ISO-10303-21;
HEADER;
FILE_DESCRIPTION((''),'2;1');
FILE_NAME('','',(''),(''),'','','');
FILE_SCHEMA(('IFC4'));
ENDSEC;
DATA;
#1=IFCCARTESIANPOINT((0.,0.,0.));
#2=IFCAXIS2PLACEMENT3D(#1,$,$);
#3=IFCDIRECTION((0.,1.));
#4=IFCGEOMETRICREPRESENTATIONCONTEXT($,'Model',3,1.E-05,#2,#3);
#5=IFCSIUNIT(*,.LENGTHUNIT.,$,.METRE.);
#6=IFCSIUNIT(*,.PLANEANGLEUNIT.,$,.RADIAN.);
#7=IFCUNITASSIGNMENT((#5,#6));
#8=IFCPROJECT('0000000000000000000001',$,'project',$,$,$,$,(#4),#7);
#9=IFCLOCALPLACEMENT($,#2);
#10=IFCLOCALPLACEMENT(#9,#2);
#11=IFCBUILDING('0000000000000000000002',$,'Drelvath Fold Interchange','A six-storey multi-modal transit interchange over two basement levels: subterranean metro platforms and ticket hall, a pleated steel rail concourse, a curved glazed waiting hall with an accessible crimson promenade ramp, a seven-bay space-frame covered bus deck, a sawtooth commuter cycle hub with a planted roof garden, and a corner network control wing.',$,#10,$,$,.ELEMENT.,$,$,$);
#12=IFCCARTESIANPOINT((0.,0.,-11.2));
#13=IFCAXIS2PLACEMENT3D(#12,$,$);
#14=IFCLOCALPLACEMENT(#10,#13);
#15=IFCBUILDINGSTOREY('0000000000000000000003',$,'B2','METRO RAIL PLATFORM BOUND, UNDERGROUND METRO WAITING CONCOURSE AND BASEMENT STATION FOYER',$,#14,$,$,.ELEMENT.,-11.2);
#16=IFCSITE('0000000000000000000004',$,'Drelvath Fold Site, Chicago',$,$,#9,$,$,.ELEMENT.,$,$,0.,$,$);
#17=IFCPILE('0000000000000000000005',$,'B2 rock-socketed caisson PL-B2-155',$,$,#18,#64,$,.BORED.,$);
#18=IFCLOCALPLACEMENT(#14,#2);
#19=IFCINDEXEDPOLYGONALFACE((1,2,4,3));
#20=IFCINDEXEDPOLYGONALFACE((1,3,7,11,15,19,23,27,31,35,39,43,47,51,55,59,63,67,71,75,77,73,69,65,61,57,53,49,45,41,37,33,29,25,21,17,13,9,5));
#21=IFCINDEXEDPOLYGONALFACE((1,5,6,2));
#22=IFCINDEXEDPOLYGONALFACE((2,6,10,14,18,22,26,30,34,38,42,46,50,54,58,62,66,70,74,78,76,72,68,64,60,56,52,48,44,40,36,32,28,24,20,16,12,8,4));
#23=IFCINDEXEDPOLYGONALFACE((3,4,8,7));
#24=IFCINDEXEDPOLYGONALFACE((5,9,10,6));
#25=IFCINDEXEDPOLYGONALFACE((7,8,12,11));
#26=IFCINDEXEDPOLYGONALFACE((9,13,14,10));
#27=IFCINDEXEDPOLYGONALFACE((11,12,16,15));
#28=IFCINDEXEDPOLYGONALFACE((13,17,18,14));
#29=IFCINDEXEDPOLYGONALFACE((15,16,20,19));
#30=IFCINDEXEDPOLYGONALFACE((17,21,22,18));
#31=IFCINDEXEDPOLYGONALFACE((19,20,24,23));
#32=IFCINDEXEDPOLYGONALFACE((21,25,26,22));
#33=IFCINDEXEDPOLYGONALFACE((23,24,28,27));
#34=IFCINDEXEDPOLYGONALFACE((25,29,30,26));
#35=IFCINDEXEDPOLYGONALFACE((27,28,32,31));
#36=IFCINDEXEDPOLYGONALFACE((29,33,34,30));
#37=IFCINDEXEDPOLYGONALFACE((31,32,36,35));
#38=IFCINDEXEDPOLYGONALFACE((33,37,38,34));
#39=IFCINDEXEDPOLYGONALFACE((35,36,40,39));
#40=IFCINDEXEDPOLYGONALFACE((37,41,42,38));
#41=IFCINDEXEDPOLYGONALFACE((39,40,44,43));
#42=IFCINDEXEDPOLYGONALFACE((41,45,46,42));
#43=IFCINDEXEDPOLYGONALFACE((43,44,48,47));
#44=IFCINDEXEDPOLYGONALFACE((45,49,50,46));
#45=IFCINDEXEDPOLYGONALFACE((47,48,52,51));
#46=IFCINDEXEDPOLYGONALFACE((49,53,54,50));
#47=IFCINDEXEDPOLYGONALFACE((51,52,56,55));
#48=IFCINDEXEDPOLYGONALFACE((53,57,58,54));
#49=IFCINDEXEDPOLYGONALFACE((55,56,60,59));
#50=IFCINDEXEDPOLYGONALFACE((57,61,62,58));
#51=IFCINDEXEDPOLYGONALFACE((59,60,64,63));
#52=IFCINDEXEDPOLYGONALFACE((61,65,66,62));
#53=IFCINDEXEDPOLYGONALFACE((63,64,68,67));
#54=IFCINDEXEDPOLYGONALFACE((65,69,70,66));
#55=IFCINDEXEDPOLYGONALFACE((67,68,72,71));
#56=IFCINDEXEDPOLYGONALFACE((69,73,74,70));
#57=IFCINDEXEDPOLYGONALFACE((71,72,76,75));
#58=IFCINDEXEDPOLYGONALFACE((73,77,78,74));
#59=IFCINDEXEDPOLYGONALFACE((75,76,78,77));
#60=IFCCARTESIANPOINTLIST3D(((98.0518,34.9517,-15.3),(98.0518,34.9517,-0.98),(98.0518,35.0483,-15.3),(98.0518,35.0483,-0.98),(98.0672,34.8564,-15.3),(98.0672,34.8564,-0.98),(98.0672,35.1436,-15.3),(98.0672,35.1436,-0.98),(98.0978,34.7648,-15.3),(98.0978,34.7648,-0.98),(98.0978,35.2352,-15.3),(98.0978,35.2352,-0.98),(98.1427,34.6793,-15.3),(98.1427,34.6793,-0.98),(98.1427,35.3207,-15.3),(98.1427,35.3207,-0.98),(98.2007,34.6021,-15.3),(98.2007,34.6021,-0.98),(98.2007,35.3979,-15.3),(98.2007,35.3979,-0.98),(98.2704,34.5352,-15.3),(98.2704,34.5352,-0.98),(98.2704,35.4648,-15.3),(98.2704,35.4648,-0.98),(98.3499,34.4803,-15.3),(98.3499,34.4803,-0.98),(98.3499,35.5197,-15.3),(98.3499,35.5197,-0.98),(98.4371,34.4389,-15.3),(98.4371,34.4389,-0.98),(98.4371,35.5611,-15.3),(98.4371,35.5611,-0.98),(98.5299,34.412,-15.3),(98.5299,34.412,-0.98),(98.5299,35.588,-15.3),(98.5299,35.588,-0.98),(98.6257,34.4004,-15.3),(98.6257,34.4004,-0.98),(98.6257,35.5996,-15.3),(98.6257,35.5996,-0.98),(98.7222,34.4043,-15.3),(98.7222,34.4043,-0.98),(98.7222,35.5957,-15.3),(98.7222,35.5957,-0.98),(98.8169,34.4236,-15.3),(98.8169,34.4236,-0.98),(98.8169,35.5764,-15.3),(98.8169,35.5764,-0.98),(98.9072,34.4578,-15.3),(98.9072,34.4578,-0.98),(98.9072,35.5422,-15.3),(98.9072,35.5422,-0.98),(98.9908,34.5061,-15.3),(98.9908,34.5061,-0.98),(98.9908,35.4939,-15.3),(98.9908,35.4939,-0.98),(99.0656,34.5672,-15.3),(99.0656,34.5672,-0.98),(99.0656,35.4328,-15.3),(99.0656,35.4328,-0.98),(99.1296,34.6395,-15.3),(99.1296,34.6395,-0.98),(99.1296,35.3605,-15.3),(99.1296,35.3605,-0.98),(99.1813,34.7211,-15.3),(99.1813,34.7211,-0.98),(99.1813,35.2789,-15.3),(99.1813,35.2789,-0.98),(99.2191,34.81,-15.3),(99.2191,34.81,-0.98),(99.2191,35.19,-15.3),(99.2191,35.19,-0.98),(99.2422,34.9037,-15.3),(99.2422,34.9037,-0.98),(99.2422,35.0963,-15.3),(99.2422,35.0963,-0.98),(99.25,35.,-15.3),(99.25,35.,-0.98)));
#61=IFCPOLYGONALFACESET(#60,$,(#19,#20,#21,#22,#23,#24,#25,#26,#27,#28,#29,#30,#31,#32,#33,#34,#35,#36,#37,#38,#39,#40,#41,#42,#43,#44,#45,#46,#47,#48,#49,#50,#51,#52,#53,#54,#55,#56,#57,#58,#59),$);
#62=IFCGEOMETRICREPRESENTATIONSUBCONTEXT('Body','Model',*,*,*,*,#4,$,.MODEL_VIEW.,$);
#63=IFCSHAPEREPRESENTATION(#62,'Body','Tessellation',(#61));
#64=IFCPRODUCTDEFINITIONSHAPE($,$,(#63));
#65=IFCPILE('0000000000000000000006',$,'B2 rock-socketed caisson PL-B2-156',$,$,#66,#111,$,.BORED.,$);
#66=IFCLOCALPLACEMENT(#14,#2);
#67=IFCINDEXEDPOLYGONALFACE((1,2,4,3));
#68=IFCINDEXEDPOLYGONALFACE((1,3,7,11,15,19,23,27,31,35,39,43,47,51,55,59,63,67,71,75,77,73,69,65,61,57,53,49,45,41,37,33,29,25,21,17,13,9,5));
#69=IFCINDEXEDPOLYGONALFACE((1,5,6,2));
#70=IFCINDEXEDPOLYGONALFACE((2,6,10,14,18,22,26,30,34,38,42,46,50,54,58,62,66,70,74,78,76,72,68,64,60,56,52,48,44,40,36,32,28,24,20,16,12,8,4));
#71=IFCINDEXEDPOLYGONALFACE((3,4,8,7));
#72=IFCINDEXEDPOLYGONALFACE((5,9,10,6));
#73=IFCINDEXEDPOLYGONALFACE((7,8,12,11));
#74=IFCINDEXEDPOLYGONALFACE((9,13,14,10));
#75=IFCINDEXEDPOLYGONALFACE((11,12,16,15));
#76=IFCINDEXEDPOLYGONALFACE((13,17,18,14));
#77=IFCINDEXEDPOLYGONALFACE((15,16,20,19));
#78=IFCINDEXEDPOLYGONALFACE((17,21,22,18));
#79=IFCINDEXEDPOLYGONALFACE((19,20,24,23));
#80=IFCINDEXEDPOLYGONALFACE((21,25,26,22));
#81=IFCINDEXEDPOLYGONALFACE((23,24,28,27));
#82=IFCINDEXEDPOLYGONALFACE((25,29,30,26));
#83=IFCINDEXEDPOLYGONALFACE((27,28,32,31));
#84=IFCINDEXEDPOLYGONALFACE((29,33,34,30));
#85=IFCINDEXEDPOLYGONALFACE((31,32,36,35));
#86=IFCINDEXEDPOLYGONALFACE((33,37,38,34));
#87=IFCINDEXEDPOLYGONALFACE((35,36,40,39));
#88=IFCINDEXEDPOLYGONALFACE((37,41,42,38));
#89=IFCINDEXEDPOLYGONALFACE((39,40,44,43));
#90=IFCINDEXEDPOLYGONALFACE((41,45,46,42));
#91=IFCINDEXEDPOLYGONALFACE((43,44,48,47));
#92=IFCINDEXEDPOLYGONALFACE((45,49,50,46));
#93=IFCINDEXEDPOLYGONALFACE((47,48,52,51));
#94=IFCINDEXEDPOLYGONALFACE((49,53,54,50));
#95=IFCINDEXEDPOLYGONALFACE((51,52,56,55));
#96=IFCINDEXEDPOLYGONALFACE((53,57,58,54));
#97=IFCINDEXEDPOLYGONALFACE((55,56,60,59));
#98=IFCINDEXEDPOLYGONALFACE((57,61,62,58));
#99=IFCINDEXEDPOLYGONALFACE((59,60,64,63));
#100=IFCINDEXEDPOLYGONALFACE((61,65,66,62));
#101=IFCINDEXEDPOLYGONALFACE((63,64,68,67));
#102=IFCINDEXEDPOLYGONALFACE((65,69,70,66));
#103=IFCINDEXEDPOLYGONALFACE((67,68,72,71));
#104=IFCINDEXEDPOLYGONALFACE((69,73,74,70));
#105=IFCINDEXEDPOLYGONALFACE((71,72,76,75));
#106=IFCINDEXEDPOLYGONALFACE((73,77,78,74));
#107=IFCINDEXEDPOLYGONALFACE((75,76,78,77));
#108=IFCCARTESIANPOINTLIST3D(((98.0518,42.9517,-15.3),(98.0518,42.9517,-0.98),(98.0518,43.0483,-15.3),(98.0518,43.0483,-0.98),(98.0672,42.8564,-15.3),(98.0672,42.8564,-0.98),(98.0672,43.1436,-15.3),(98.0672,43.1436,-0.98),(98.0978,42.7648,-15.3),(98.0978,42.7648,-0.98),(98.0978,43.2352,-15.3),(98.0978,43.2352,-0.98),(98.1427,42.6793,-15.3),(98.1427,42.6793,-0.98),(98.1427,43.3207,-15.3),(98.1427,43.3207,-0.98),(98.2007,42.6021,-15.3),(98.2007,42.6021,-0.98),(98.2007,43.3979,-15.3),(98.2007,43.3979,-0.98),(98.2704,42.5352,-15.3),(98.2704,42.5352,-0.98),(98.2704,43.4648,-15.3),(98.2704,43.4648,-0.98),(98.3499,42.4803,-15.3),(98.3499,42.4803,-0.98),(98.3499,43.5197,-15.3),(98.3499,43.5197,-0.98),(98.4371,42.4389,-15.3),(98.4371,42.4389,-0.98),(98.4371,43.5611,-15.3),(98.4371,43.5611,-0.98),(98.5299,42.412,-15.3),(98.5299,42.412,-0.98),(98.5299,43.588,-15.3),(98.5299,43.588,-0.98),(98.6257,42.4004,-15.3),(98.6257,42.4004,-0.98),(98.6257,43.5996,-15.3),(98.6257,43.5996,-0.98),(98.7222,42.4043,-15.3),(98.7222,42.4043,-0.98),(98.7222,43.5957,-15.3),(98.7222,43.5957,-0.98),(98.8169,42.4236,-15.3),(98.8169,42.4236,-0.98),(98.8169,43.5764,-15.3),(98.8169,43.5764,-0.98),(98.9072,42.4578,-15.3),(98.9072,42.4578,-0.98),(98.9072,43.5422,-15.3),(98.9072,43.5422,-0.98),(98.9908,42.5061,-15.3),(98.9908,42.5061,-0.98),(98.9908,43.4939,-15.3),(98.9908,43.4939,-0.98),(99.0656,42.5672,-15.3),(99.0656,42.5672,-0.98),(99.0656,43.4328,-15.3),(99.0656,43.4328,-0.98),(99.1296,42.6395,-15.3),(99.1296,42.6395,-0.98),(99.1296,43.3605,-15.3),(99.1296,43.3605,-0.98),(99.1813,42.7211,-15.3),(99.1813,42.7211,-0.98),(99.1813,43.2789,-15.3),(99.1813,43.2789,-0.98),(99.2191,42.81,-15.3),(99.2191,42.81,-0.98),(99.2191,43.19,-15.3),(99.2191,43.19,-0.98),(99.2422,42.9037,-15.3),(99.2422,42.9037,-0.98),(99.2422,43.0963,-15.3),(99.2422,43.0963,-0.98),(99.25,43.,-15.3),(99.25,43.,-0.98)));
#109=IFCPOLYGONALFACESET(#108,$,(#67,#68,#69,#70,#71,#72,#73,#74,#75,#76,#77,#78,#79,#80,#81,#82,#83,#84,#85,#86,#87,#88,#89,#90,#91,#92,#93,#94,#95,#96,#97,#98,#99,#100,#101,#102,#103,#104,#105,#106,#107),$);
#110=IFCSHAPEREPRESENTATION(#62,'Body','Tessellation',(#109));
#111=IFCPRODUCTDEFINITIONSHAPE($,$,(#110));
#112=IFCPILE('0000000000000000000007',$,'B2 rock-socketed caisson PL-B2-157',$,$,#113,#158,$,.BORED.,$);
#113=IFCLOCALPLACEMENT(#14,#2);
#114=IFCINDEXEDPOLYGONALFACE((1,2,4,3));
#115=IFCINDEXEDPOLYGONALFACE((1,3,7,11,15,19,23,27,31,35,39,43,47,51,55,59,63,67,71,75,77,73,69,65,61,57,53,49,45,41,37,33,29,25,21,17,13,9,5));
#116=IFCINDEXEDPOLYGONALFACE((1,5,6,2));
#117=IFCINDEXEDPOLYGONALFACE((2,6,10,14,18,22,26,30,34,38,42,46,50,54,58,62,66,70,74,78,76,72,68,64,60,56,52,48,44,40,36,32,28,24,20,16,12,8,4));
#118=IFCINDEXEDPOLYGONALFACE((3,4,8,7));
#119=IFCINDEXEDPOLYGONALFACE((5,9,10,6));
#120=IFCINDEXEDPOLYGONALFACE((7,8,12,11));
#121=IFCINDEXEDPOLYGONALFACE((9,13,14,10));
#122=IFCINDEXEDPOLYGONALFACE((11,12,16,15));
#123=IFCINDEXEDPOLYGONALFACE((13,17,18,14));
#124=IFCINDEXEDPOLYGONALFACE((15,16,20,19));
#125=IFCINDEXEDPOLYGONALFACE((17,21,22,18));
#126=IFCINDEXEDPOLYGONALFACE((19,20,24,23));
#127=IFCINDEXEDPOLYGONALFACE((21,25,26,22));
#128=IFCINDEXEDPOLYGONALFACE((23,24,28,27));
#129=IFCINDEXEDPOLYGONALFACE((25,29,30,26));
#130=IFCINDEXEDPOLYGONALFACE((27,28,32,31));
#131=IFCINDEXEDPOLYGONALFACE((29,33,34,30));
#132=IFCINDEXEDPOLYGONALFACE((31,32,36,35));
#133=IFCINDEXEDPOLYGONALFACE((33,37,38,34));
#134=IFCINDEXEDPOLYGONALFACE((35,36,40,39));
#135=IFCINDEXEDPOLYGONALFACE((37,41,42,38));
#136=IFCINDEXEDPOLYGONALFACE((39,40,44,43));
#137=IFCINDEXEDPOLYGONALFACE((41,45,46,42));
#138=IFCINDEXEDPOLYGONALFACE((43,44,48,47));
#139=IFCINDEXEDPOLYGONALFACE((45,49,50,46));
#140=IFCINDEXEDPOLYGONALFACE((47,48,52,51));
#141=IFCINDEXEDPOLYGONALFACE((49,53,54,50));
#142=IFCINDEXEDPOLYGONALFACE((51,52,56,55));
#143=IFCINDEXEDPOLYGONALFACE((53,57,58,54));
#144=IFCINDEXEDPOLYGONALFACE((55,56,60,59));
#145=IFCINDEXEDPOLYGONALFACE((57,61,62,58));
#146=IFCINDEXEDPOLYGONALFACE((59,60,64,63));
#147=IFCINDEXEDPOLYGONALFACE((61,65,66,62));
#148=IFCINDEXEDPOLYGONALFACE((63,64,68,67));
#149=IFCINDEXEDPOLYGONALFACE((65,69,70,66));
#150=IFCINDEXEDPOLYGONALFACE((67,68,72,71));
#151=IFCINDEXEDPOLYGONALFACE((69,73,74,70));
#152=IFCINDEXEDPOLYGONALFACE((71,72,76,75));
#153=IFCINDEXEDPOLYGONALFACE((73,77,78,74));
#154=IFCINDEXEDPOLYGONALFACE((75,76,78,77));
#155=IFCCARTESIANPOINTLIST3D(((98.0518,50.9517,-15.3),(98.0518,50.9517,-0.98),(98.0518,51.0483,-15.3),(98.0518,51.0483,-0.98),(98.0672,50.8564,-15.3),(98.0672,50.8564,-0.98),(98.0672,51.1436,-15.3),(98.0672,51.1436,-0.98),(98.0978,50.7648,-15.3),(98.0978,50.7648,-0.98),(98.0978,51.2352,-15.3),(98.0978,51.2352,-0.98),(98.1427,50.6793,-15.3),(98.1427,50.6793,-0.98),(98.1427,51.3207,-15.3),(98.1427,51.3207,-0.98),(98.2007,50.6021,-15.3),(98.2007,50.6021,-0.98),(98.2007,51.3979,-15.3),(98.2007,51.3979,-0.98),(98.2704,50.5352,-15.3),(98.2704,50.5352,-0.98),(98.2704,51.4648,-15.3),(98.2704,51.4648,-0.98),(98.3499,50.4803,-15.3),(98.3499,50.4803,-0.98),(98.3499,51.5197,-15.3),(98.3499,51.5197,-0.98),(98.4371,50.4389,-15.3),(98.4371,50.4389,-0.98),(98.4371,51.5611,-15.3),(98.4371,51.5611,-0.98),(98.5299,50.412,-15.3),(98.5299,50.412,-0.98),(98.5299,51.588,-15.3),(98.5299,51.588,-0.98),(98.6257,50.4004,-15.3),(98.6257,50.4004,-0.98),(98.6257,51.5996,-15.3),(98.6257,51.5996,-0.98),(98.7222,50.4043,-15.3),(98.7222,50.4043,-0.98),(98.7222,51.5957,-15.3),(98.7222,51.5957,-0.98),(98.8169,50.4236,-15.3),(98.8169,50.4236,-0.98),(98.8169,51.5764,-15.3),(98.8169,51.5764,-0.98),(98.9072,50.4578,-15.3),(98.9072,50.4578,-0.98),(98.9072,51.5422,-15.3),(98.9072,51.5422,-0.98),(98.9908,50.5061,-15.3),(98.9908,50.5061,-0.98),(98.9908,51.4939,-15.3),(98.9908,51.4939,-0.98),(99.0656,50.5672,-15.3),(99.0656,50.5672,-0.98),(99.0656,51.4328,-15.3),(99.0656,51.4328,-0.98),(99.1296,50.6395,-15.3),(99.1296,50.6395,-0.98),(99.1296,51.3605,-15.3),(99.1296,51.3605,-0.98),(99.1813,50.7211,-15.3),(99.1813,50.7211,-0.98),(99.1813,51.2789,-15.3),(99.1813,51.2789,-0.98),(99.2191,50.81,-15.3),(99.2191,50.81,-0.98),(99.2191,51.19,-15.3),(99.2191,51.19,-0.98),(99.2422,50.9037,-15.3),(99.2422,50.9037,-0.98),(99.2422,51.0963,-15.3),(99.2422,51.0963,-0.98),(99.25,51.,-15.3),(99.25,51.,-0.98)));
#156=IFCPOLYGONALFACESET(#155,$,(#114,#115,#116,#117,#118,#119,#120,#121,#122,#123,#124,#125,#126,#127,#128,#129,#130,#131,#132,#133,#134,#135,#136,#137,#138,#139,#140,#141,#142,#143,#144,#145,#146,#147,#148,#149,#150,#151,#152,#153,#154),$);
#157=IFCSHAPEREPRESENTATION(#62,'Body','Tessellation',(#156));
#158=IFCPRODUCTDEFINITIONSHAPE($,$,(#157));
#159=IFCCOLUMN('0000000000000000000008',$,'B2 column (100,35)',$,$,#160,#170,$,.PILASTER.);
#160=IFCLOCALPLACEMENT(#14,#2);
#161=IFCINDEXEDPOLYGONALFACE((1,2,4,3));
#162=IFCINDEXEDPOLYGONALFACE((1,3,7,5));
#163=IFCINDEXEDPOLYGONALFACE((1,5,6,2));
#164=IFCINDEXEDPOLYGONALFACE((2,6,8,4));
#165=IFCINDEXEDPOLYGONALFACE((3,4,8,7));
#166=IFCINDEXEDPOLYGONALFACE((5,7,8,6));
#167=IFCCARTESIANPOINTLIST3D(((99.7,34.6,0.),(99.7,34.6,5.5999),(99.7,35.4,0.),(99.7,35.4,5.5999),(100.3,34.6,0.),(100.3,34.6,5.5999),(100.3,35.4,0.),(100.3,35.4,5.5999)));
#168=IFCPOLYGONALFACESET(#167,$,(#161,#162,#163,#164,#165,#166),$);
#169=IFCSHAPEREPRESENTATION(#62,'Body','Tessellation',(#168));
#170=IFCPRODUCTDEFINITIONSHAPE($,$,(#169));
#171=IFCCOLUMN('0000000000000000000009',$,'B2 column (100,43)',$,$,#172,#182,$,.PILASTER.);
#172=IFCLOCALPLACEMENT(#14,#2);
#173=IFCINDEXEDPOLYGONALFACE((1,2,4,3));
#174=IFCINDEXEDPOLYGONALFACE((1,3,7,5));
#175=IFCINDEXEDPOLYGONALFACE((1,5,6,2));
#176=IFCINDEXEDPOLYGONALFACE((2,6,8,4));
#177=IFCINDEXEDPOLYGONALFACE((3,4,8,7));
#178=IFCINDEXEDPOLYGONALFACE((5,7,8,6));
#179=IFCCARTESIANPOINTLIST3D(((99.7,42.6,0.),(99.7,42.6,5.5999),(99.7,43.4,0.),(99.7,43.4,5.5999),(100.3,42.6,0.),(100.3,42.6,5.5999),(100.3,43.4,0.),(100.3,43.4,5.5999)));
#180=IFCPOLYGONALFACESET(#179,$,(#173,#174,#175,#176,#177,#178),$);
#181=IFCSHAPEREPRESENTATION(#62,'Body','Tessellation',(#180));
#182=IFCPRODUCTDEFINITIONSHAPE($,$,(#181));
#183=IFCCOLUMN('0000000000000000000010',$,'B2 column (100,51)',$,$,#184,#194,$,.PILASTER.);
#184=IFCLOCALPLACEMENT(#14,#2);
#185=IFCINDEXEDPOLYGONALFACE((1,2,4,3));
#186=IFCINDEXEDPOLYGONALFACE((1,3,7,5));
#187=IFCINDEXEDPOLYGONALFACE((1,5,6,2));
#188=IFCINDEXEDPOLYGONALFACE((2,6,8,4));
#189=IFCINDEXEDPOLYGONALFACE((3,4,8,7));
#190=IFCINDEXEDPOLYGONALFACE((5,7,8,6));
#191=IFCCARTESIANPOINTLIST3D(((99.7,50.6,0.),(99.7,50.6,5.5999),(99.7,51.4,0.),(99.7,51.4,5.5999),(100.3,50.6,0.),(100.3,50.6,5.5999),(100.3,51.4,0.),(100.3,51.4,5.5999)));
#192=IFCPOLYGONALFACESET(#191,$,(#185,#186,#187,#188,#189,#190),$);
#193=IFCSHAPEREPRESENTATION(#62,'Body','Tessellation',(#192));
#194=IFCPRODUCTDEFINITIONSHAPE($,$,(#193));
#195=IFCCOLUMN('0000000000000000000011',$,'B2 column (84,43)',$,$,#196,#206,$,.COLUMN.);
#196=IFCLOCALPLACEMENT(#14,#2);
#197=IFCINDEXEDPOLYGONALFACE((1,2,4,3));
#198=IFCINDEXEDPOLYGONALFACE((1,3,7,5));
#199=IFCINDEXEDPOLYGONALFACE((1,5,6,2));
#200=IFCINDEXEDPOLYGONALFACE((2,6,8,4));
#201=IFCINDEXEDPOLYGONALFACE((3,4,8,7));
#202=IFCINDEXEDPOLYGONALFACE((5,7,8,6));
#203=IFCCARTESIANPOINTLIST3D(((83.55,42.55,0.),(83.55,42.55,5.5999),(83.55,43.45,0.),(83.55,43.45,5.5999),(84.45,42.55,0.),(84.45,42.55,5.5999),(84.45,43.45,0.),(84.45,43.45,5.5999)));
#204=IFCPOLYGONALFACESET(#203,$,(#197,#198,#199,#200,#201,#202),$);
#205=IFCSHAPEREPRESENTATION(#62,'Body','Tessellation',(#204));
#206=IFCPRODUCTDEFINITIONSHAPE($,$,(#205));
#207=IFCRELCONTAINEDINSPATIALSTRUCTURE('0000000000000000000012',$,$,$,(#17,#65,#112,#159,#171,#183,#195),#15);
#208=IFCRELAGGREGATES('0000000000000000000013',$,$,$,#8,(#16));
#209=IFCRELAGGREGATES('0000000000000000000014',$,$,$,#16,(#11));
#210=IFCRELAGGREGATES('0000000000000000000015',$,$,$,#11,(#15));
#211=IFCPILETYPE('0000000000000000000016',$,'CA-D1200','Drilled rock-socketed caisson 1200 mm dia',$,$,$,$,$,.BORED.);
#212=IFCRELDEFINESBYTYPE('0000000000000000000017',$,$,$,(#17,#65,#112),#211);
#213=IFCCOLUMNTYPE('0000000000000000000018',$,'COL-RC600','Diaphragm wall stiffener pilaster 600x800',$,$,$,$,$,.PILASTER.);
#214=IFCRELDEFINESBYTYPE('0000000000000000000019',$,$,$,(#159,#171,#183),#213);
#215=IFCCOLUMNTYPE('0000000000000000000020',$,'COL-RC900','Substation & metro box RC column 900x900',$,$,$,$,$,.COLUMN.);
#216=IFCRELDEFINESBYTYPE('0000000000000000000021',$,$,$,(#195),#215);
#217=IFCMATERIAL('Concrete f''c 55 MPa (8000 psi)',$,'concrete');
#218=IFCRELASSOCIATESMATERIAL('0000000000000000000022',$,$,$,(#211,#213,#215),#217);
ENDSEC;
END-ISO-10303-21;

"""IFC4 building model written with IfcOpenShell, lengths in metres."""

from ifc_helpers import new_model, si_unit, direction, frame, origin, origin_2d, place, context, subcontext, project, spatial, rectangle, circle, extrude, material, material_profile, profile_set, type_object, element, save


model = new_model("IFC4")

# Units and contexts
model_context = context("Model", 3, precision=1e-05, world=origin(), true_north=direction((0.0, 1.0)))
body_context = subcontext(model_context, "Body", "Model", "MODEL_VIEW")
ifc_project = project(units=[si_unit("LENGTHUNIT", "METRE"), si_unit("PLANEANGLEUNIT", "RADIAN")], contexts=[model_context])

# Site, building, storey
site_placement = place(None, origin())
site = spatial("IfcSite", under=ifc_project, at=site_placement, Name="Drelvath Fold Site, Chicago", CompositionType="ELEMENT", RefElevation=0.0)
building_placement = place(site_placement, origin())
building = spatial("IfcBuilding", under=site, at=building_placement, Name="Drelvath Fold Interchange", Description="A six-storey multi-modal transit interchange over two basement levels: subterranean metro platforms and ticket hall, a pleated steel rail concourse, a curved glazed waiting hall with an accessible crimson promenade ramp, a seven-bay space-frame covered bus deck, a sawtooth commuter cycle hub with a planted roof garden, and a corner network control wing.", CompositionType="ELEMENT")
storey_placement = place(building_placement, frame((0.0, 0.0, -11.2)))
storey = spatial("IfcBuildingStorey", under=building, at=storey_placement, Name="B2", Description="METRO RAIL PLATFORM BOUND, UNDERGROUND METRO WAITING CONCOURSE AND BASEMENT STATION FOYER", CompositionType="ELEMENT", Elevation=-11.2)

# Piles
ifc_material_1 = material(Name="Concrete f'c 55 MPa (8000 psi)", Category="concrete")
ifc_material_profile_1 = material_profile(ifc_material_1, circle(Radius=0.6001, at=origin_2d()), Name="CAISSON D1200")
ifc_profile_set_1 = profile_set([ifc_material_profile_1], Name="Concrete f'c 55 MPa (8000 psi)")
pile_type = type_object("IfcPileType", Name="CA-D1200", Description="Drilled rock-socketed caisson 1200 mm dia", PredefinedType="BORED", material=ifc_profile_set_1)
for number, where, z_axis, x_axis, name in (
    (1, (98.6499, 35.0, -0.98), (0.0, 0.0, -1.0), (1.0, 0.0, 0.0), "B2 rock-socketed caisson PL-B2-155"),
    (2, (98.6499, 43.0, -0.98), (0.0, 0.0, -1.0), (1.0, 0.0, 0.0), "B2 rock-socketed caisson PL-B2-156"),
    (3, (98.6499, 51.0, -0.98), (0.0, 0.0, -1.0), (1.0, 0.0, 0.0), "B2 rock-socketed caisson PL-B2-157"),
):
    element("IfcPile", number, at=place(storey_placement, frame(where, z_axis=z_axis, x_axis=x_axis)), inside=storey, type_object=pile_type, Name=name, PredefinedType="BORED", context=body_context, shape_type="SweptSolid", body=[
        extrude(circle(Radius=0.6001, at=origin_2d()), origin(), (0.0, 0.0, 1.0), 14.3201),
    ])

# Columns
ifc_material_profile_2 = material_profile(ifc_material_1, rectangle(XDim=0.6001, YDim=0.8, at=origin_2d()), Name="RC 600x800")
ifc_profile_set_2 = profile_set([ifc_material_profile_2], Name="Concrete f'c 55 MPa (8000 psi)")
column_type_1 = type_object("IfcColumnType", Name="COL-RC600", Description="Diaphragm wall stiffener pilaster 600x800", PredefinedType="PILASTER", material=ifc_profile_set_2)
for number, where, z_axis, x_axis, name in (
    (4, (100.0, 35.0, 0.0), (0.0, 0.0, 1.0), (1.0, 0.0, 0.0), "B2 column (100,35)"),
    (5, (100.0, 43.0, 0.0), (0.0, 0.0, 1.0), (1.0, 0.0, 0.0), "B2 column (100,43)"),
    (6, (100.0, 51.0, 0.0), (0.0, 0.0, 1.0), (1.0, 0.0, 0.0), "B2 column (100,51)"),
):
    element("IfcColumn", number, at=place(storey_placement, frame(where, z_axis=z_axis, x_axis=x_axis)), inside=storey, type_object=column_type_1, Name=name, PredefinedType="PILASTER", context=body_context, shape_type="SweptSolid", body=[
        extrude(rectangle(XDim=0.6001, YDim=0.8, at=origin_2d()), origin(), (0.0, 0.0, 1.0), 5.5999),
    ])
ifc_material_profile_3 = material_profile(ifc_material_1, rectangle(XDim=0.8999, YDim=0.8999, at=origin_2d()), Name="RC 900x900")
ifc_profile_set_3 = profile_set([ifc_material_profile_3], Name="Concrete f'c 55 MPa (8000 psi)")
column_type_2 = type_object("IfcColumnType", Name="COL-RC900", Description="Substation & metro box RC column 900x900", PredefinedType="COLUMN", material=ifc_profile_set_3)
for number, where, z_axis, x_axis, name in (
    (7, (84.0, 43.0, 0.0), (0.0, 0.0, 1.0), (1.0, 0.0, 0.0), "B2 column (84,43)"),
):
    element("IfcColumn", number, at=place(storey_placement, frame(where, z_axis=z_axis, x_axis=x_axis)), inside=storey, type_object=column_type_2, Name=name, PredefinedType="COLUMN", context=body_context, shape_type="SweptSolid", body=[
        extrude(rectangle(XDim=0.8999, YDim=0.8999, at=origin_2d()), origin(), (0.0, 0.0, 1.0), 5.5999),
    ])

save(model, "model.ifc")
